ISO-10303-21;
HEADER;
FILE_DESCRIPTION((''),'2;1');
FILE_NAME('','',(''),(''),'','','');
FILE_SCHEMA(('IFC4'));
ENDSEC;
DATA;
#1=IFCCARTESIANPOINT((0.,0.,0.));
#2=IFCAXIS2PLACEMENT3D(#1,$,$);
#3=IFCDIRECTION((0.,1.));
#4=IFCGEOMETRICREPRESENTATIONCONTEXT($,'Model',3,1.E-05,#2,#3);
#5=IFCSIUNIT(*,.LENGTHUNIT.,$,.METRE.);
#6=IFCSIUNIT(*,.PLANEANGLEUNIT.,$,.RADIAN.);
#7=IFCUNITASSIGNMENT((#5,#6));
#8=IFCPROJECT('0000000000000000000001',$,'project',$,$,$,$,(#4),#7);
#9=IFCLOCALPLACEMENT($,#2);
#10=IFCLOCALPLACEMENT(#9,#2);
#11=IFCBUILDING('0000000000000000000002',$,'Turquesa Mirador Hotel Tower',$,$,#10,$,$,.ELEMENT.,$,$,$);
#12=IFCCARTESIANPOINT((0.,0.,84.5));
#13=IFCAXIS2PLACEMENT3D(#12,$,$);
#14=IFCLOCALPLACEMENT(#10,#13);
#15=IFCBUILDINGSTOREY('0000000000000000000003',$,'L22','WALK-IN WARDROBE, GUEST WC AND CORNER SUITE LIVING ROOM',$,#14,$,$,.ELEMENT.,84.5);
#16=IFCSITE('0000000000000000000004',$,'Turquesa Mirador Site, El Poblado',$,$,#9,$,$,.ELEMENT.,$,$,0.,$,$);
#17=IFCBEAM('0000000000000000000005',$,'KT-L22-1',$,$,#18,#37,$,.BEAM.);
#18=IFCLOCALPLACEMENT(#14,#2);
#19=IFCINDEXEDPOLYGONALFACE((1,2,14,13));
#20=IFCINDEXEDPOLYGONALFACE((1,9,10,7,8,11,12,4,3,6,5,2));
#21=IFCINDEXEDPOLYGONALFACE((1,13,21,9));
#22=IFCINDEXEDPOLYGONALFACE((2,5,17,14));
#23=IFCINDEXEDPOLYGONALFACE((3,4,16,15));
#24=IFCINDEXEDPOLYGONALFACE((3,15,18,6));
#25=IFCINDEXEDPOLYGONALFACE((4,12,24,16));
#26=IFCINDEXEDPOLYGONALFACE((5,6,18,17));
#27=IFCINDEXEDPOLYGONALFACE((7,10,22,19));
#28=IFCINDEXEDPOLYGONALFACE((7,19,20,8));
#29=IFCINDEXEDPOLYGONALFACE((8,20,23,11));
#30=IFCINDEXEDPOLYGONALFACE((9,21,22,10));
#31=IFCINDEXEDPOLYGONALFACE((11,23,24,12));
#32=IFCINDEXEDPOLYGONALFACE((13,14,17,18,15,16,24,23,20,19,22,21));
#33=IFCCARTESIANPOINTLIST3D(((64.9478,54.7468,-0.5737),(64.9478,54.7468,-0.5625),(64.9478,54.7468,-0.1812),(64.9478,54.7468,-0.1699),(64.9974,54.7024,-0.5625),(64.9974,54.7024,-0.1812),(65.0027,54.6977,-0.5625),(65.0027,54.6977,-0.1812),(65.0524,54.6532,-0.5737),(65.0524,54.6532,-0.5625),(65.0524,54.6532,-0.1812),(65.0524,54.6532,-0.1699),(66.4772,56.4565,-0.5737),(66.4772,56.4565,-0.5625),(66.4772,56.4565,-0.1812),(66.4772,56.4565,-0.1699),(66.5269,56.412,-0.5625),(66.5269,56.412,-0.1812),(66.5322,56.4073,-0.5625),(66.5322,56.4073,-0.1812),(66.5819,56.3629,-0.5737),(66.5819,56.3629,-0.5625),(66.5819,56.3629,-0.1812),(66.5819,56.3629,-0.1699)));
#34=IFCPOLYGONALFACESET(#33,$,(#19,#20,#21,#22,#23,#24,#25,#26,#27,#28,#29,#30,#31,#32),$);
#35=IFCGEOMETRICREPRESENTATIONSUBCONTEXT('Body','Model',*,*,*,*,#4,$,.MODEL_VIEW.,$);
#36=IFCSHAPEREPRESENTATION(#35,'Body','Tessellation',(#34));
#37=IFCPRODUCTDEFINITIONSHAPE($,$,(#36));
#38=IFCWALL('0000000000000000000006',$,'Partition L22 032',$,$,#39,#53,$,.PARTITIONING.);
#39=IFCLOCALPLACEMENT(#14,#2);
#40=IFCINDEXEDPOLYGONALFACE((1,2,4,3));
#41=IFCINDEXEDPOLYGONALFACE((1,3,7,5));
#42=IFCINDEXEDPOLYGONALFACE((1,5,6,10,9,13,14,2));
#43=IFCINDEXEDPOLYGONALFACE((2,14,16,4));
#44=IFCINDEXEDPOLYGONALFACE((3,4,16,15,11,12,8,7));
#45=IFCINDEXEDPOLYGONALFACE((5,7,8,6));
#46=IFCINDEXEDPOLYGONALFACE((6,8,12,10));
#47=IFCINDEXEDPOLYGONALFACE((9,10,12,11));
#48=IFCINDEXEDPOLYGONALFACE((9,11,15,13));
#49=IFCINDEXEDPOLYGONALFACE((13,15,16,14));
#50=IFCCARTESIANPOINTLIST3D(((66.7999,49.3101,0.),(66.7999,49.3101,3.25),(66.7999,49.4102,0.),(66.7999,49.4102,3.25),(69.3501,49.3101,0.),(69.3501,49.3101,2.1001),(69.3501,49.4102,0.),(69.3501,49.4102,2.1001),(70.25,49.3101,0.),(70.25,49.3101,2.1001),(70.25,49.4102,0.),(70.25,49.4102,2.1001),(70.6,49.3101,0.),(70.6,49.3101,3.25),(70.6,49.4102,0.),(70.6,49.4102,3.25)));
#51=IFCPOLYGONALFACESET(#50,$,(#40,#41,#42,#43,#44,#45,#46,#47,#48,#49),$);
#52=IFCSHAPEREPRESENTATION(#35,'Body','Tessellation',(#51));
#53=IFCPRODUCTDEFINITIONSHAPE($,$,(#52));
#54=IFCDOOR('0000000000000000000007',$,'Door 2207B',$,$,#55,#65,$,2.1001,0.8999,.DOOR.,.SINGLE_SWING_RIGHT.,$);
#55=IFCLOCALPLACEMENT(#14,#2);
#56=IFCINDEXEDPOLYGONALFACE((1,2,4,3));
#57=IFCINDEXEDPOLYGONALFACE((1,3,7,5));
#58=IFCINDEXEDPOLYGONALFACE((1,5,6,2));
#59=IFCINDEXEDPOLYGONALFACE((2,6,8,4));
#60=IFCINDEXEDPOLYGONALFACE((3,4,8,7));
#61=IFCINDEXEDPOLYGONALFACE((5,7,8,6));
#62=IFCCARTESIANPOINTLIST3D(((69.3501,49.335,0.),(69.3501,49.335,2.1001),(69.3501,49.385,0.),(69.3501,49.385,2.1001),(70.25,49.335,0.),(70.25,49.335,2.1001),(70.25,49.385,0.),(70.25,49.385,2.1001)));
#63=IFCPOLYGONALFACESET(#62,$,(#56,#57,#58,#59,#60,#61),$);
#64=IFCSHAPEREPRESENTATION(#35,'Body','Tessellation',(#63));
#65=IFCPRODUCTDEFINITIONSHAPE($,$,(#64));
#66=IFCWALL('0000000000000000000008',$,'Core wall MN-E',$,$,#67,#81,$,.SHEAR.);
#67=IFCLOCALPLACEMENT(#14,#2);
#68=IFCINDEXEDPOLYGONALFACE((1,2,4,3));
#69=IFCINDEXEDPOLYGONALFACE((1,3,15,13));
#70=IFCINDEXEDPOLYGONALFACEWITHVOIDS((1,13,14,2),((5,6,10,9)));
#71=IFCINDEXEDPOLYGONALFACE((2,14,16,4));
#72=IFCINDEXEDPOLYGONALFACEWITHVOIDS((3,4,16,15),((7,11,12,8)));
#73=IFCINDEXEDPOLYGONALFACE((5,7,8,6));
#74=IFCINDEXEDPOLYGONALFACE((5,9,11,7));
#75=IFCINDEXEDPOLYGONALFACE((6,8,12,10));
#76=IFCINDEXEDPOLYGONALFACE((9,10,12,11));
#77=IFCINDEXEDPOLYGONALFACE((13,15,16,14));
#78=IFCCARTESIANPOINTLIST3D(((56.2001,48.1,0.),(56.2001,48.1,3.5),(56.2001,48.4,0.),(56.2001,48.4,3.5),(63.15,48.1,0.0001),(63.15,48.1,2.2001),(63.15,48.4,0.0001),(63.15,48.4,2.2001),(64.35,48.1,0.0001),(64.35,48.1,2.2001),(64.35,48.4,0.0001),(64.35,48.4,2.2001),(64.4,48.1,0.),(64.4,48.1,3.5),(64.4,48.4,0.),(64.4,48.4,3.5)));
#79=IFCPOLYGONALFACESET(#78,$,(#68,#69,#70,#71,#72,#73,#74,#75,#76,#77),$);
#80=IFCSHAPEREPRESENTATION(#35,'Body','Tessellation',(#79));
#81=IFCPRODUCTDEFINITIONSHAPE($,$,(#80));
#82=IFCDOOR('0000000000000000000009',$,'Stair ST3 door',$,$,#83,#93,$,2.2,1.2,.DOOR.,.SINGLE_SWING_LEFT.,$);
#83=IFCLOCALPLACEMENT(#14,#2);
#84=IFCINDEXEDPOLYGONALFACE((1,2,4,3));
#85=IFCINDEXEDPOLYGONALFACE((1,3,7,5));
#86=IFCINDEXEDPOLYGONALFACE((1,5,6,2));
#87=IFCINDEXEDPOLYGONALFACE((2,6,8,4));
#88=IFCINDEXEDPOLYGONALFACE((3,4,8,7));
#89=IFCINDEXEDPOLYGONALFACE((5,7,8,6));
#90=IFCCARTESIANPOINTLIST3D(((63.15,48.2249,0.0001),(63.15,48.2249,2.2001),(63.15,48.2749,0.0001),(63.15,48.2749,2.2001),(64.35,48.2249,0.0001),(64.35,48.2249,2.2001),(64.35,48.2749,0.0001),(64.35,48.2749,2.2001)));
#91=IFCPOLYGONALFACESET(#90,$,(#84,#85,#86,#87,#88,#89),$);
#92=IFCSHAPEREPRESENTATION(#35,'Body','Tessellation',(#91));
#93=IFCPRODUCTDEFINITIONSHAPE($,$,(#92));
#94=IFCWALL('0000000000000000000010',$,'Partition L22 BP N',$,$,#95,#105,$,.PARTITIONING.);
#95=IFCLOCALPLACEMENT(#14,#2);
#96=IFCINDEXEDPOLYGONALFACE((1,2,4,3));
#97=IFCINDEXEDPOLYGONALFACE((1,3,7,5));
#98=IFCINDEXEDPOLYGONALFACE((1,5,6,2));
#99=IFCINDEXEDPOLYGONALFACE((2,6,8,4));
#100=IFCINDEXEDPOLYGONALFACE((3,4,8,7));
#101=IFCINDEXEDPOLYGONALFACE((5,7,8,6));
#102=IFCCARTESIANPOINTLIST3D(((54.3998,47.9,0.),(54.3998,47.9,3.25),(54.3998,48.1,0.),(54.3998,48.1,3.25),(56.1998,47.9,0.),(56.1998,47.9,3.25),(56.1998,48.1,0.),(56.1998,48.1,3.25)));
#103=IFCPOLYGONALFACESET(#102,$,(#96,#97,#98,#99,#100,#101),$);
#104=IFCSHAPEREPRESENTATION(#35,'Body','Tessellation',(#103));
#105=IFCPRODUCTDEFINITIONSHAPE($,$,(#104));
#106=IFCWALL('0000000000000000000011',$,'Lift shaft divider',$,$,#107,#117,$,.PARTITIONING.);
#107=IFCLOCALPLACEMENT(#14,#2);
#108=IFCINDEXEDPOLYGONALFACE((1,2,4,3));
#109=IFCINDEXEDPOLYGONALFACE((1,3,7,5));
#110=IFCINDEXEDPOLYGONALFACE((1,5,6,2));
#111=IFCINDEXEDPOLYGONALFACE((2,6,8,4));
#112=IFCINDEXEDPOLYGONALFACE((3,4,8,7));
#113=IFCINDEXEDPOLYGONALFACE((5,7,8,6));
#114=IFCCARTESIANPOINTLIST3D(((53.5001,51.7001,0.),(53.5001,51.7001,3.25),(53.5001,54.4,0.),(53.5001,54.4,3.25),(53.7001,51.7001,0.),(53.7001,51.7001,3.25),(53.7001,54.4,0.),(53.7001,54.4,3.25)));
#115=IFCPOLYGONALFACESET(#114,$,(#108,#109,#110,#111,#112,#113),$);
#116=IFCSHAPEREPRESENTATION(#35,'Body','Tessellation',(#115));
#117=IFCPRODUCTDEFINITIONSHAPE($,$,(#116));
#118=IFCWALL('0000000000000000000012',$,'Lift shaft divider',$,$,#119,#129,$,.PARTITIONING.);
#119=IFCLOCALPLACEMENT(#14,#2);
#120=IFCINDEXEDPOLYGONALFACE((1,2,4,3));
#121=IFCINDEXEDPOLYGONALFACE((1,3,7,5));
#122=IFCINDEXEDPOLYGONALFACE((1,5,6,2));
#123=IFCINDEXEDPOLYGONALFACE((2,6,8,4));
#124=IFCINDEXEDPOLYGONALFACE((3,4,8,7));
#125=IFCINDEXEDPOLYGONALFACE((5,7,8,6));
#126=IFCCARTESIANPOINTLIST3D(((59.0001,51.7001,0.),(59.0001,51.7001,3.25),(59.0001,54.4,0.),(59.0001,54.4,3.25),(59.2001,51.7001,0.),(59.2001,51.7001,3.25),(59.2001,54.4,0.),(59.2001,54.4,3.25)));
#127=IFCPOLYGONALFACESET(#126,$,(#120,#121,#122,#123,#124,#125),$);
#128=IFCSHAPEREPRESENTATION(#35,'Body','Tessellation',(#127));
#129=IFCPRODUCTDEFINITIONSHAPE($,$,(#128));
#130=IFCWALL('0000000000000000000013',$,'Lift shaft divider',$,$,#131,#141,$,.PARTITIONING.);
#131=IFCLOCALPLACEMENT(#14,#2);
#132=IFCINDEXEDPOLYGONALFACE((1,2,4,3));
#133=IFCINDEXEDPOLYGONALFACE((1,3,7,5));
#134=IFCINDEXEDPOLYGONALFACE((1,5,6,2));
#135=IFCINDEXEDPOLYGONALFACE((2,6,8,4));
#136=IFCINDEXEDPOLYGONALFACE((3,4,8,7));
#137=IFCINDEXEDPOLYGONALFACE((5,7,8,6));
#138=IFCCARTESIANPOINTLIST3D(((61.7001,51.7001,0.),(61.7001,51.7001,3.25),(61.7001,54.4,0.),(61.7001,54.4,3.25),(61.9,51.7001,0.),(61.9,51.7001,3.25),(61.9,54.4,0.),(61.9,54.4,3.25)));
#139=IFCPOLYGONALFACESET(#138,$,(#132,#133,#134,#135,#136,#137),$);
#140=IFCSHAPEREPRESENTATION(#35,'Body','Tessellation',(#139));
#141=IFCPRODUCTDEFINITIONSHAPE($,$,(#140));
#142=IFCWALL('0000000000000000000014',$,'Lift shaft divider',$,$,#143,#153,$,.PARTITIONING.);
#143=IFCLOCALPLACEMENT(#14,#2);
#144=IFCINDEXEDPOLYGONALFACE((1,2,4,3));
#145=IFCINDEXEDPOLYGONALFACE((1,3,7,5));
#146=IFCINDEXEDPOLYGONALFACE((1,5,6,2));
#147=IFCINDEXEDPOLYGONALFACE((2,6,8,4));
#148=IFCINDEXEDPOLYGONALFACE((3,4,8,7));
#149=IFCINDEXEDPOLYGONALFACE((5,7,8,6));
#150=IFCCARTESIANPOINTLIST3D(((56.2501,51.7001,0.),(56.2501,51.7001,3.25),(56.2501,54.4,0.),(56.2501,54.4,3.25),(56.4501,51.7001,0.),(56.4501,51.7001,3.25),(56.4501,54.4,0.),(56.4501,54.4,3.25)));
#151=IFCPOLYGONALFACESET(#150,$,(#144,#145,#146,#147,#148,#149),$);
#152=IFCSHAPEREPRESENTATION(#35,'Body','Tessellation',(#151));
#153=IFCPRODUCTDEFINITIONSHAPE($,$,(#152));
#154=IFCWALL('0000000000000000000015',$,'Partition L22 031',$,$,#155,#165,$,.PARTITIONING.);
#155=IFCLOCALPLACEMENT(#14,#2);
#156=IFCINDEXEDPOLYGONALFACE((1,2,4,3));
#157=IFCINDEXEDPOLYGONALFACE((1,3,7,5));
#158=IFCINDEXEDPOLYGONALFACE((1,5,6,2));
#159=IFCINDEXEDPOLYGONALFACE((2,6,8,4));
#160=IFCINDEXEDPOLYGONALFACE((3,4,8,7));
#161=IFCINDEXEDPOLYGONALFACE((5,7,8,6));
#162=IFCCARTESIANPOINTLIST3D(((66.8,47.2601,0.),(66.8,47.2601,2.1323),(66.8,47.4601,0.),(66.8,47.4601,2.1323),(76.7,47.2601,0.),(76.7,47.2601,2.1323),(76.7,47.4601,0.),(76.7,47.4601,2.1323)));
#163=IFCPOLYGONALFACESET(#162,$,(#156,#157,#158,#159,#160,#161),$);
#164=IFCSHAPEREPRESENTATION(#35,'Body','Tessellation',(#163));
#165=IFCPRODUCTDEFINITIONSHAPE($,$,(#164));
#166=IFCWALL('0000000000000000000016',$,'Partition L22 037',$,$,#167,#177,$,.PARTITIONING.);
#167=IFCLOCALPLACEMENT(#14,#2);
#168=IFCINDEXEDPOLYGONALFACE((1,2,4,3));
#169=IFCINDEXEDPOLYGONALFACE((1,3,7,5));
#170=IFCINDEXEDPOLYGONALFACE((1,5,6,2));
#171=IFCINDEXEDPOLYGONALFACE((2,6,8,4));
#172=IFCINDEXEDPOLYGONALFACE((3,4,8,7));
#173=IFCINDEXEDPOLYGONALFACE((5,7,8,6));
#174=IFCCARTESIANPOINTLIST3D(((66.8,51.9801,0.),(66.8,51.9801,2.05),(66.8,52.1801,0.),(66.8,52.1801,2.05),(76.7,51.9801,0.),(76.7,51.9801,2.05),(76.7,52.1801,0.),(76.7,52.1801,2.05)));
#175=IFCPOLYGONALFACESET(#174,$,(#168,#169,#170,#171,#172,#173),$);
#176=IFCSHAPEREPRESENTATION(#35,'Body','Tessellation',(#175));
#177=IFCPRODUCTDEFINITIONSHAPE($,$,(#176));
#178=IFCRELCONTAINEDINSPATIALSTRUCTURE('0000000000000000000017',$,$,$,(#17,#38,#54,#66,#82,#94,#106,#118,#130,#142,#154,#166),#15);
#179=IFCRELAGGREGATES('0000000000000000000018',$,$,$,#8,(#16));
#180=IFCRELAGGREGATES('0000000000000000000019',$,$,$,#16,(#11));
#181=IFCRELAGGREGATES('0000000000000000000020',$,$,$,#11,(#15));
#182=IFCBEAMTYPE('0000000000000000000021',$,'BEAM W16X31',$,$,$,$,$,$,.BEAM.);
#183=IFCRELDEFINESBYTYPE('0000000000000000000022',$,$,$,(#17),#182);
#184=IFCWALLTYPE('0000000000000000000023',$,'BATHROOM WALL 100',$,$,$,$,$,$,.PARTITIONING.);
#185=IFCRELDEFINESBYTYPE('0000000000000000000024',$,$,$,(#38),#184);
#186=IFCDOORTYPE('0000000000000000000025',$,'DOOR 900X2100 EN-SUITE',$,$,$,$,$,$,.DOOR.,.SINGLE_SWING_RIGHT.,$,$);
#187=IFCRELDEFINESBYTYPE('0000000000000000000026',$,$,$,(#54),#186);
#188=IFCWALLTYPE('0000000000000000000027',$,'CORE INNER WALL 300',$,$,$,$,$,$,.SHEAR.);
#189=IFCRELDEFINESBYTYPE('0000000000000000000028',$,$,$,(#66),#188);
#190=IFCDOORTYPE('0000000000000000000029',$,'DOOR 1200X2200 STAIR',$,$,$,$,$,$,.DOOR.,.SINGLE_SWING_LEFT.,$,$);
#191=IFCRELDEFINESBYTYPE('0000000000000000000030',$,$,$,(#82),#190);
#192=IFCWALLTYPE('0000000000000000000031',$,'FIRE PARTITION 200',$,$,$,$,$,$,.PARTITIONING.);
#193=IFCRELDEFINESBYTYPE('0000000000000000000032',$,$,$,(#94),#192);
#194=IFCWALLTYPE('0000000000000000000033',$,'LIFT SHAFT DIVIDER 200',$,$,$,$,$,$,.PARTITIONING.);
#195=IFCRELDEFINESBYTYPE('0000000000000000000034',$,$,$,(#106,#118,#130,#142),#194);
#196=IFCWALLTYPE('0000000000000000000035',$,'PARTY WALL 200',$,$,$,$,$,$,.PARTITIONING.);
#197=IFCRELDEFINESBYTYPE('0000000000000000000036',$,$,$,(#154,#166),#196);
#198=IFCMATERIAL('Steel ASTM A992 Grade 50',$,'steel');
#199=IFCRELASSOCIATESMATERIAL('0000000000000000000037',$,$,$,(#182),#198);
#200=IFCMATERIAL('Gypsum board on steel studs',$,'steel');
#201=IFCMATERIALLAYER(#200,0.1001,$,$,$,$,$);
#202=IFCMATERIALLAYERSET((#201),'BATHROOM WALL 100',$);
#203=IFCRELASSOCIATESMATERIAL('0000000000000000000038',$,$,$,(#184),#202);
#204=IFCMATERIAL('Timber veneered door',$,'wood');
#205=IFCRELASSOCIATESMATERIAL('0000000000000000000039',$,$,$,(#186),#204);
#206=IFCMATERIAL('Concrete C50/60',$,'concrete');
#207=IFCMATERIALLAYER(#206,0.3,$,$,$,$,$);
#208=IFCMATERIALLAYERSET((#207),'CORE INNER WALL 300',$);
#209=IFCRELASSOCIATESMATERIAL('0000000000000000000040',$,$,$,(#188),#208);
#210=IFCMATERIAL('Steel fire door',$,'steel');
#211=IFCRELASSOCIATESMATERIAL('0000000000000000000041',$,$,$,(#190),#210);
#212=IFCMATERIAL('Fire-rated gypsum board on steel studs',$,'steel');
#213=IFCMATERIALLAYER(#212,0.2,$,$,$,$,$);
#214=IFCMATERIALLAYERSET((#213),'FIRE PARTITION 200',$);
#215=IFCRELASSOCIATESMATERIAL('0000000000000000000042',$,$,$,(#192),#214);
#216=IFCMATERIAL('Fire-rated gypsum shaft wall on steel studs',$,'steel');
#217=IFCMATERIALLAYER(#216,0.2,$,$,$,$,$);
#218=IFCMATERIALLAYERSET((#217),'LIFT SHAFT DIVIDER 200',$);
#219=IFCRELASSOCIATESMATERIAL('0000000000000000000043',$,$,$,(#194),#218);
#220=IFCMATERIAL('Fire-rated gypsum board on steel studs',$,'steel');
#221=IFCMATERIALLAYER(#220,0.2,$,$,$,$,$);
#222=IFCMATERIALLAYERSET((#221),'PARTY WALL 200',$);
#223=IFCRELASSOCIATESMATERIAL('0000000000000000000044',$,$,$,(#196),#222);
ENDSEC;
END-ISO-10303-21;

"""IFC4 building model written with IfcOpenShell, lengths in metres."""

from ifc_helpers import new_model, si_unit, direction, frame, frame_2d, origin, origin_2d, place, context, subcontext, project, spatial, rectangle, i_section, extrude, material, layer, layer_set, material_profile, profile_set, type_object, element, fill, save


model = new_model("IFC4")

# Units and contexts
model_context = context("Model", 3, precision=1e-05, world=origin(), true_north=direction((0.0, 1.0)))
body_context = subcontext(model_context, "Body", "Model", "MODEL_VIEW")
ifc_project = project(units=[si_unit("LENGTHUNIT", "METRE"), si_unit("PLANEANGLEUNIT", "RADIAN")], contexts=[model_context])

# Site, building, storey
site_placement = place(None, origin())
site = spatial("IfcSite", under=ifc_project, at=site_placement, Name="Turquesa Mirador Site, El Poblado", CompositionType="ELEMENT", RefElevation=0.0)
building_placement = place(site_placement, origin())
building = spatial("IfcBuilding", under=site, at=building_placement, Name="Turquesa Mirador Hotel Tower", CompositionType="ELEMENT")
storey_placement = place(building_placement, frame((0.0, 0.0, 84.5)))
storey = spatial("IfcBuildingStorey", under=building, at=storey_placement, Name="L22", Description="WALK-IN WARDROBE, GUEST WC AND CORNER SUITE LIVING ROOM", CompositionType="ELEMENT", Elevation=84.5)

# Beam
ifc_material_1 = material(Name="Steel ASTM A992 Grade 50", Category="steel")
ifc_material_profile = material_profile(ifc_material_1, i_section(OverallWidth=0.1404, OverallDepth=0.4038, WebThickness=0.0071, FlangeThickness=0.0112, at=origin_2d()), Name="W16X31")
ifc_profile_set = profile_set([ifc_material_profile], Name="Steel ASTM A992 Grade 50")
beam_type = type_object("IfcBeamType", Name="BEAM W16X31", PredefinedType="BEAM", material=ifc_profile_set)
beam_placement = place(storey_placement, frame((66.5295, 56.4097, -0.3718), z_axis=(-0.666745, -0.745286, 0.0), x_axis=(0.745286, -0.666745, 0.0)))
element("IfcBeam", 1, at=beam_placement, inside=storey, type_object=beam_type, Name="KT-L22-1", PredefinedType="BEAM", context=body_context, shape_type="SweptSolid", body=[
    extrude(i_section(OverallWidth=0.1404, OverallDepth=0.4038, WebThickness=0.0071, FlangeThickness=0.0112, at=origin_2d()), origin(), (0.0, 0.0, 1.0), 2.2939),
])

# Walls, openings, doors
ifc_material_2 = material(Name="Gypsum board on steel studs", Category="steel")
ifc_layer_1 = layer(ifc_material_2, 0.1001)
ifc_layer_set_1 = layer_set([ifc_layer_1], Name="BATHROOM WALL 100")
wall_type_1 = type_object("IfcWallType", Name="BATHROOM WALL 100", PredefinedType="PARTITIONING", material=ifc_layer_set_1)
wall_1_placement = place(storey_placement, frame((66.8, 49.3601, 0.0), z_axis=(0.0, 0.0, 1.0), x_axis=(1.0, 0.0, 0.0)))
wall_1 = element("IfcWall", 2, at=wall_1_placement, inside=storey, type_object=wall_type_1, Name="Partition L22 032", PredefinedType="PARTITIONING", context=body_context, shape_type="SweptSolid", body=[
    extrude(rectangle(XDim=3.8, YDim=0.1001, at=frame_2d((1.8999, 0.0))), origin(), (0.0, 0.0, 1.0), 3.25),
])
opening_1_placement = place(wall_1_placement, frame((2.55, 0.0, 0.0)))
opening_1 = element("IfcOpeningElement", 3, at=opening_1_placement, cuts=wall_1, PredefinedType="OPENING", context=body_context, shape_type="SweptSolid", body=[
    extrude(rectangle(XDim=0.8999, YDim=2.1001, at=frame_2d((0.45, 1.05))), frame((0.0, 0.0601, 0.0), z_axis=(0.0, -1.0, 0.0), x_axis=(1.0, 0.0, 0.0)), (0.0, 0.0, 1.0), 0.1201),
])
ifc_material_3 = material(Name="Timber veneered door", Category="wood")
door_type_1 = type_object("IfcDoorType", Name="DOOR 900X2100 EN-SUITE", OperationType="SINGLE_SWING_RIGHT", PredefinedType="DOOR", material=ifc_material_3)
door_1_placement = place(opening_1_placement, origin())
door_1 = element("IfcDoor", 4, at=door_1_placement, inside=storey, type_object=door_type_1, Name="Door 2207B", OperationType="SINGLE_SWING_RIGHT", OverallHeight=2.1001, OverallWidth=0.8999, PredefinedType="DOOR", context=body_context, shape_type="SweptSolid", body=[
    extrude(rectangle(XDim=0.8999, YDim=2.1001, at=frame_2d((0.45, 1.05))), frame((0.0, 0.0249, 0.0), z_axis=(0.0, -1.0, 0.0), x_axis=(1.0, 0.0, 0.0)), (0.0, 0.0, 1.0), 0.05),
])
fill(opening_1, door_1)
ifc_material_4 = material(Name="Concrete C50/60", Category="concrete")
ifc_layer_2 = layer(ifc_material_4, 0.3)
ifc_layer_set_2 = layer_set([ifc_layer_2], Name="CORE INNER WALL 300")
wall_type_2 = type_object("IfcWallType", Name="CORE INNER WALL 300", PredefinedType="SHEAR", material=ifc_layer_set_2)
wall_2_placement = place(storey_placement, frame((56.2, 48.25, 0.0), z_axis=(0.0, 0.0, 1.0), x_axis=(1.0, 0.0, 0.0)))
wall_2 = element("IfcWall", 5, at=wall_2_placement, inside=storey, type_object=wall_type_2, Name="Core wall MN-E", PredefinedType="SHEAR", context=body_context, shape_type="SweptSolid", body=[
    extrude(rectangle(XDim=8.2, YDim=0.3, at=frame_2d((4.1001, 0.0))), origin(), (0.0, 0.0, 1.0), 3.5),
])
opening_2_placement = place(wall_2_placement, frame((6.95, 0.0, 0.0)))
opening_2 = element("IfcOpeningElement", 6, at=opening_2_placement, cuts=wall_2, PredefinedType="OPENING", context=body_context, shape_type="SweptSolid", body=[
    extrude(rectangle(XDim=1.2, YDim=2.2, at=frame_2d((0.6001, 1.1001))), frame((0.0, 0.1599, 0.0), z_axis=(0.0, -1.0, 0.0), x_axis=(1.0, 0.0, 0.0)), (0.0, 0.0, 1.0), 0.3201),
])
ifc_material_5 = material(Name="Steel fire door", Category="steel")
door_type_2 = type_object("IfcDoorType", Name="DOOR 1200X2200 STAIR", OperationType="SINGLE_SWING_LEFT", PredefinedType="DOOR", material=ifc_material_5)
door_2_placement = place(opening_2_placement, origin())
door_2 = element("IfcDoor", 7, at=door_2_placement, inside=storey, type_object=door_type_2, Name="Stair ST3 door", OperationType="SINGLE_SWING_LEFT", OverallHeight=2.2, OverallWidth=1.2, PredefinedType="DOOR", context=body_context, shape_type="SweptSolid", body=[
    extrude(rectangle(XDim=1.2, YDim=2.2, at=frame_2d((0.6001, 1.1001))), frame((0.0, 0.0249, 0.0), z_axis=(0.0, -1.0, 0.0), x_axis=(1.0, 0.0, 0.0)), (0.0, 0.0, 1.0), 0.05),
])
fill(opening_2, door_2)

# Walls
ifc_material_6 = material(Name="Fire-rated gypsum board on steel studs", Category="steel")
ifc_layer_3 = layer(ifc_material_6, 0.2)
ifc_layer_set_3 = layer_set([ifc_layer_3], Name="FIRE PARTITION 200")
wall_type_3 = type_object("IfcWallType", Name="FIRE PARTITION 200", PredefinedType="PARTITIONING", material=ifc_layer_set_3)
wall_3_placement = place(storey_placement, frame((54.3999, 48.0, 0.0), z_axis=(0.0, 0.0, 1.0), x_axis=(1.0, 0.0, 0.0)))
element("IfcWall", 8, at=wall_3_placement, inside=storey, type_object=wall_type_3, Name="Partition L22 BP N", PredefinedType="PARTITIONING", context=body_context, shape_type="SweptSolid", body=[
    extrude(rectangle(XDim=1.8, YDim=0.2, at=frame_2d((0.8999, 0.0))), origin(), (0.0, 0.0, 1.0), 3.25),
])
ifc_material_7 = material(Name="Fire-rated gypsum shaft wall on steel studs", Category="steel")
ifc_layer_4 = layer(ifc_material_7, 0.2)
ifc_layer_set_4 = layer_set([ifc_layer_4], Name="LIFT SHAFT DIVIDER 200")
wall_type_4 = type_object("IfcWallType", Name="LIFT SHAFT DIVIDER 200", PredefinedType="PARTITIONING", material=ifc_layer_set_4)
for number, where, z_axis, x_axis, name in (
    (9, (53.6001, 51.7, 0.0), (0.0, 0.0, 1.0), (0.0, 1.0, 0.0), "Lift shaft divider"),
    (10, (59.1001, 51.7, 0.0), (0.0, 0.0, 1.0), (0.0, 1.0, 0.0), "Lift shaft divider"),
    (11, (61.8, 51.7, 0.0), (0.0, 0.0, 1.0), (0.0, 1.0, 0.0), "Lift shaft divider"),
    (12, (56.3501, 51.7, 0.0), (0.0, 0.0, 1.0), (0.0, 1.0, 0.0), "Lift shaft divider"),
):
    element("IfcWall", number, at=place(storey_placement, frame(where, z_axis=z_axis, x_axis=x_axis)), inside=storey, type_object=wall_type_4, Name=name, PredefinedType="PARTITIONING", context=body_context, shape_type="SweptSolid", body=[
        extrude(rectangle(XDim=2.7, YDim=0.2, at=frame_2d((1.3501, 0.0))), origin(), (0.0, 0.0, 1.0), 3.25),
    ])
ifc_material_8 = material(Name="Fire-rated gypsum board on steel studs", Category="steel")
ifc_layer_5 = layer(ifc_material_8, 0.2)
ifc_layer_set_5 = layer_set([ifc_layer_5], Name="PARTY WALL 200")
wall_type_5 = type_object("IfcWallType", Name="PARTY WALL 200", PredefinedType="PARTITIONING", material=ifc_layer_set_5)
wall_4_placement = place(storey_placement, frame((66.8, 47.3601, 0.0), z_axis=(0.0, 0.0, 1.0), x_axis=(1.0, 0.0, 0.0)))
element("IfcWall", 13, at=wall_4_placement, inside=storey, type_object=wall_type_5, Name="Partition L22 031", PredefinedType="PARTITIONING", context=body_context, shape_type="SweptSolid", body=[
    extrude(rectangle(XDim=9.8999, YDim=0.2, at=frame_2d((4.95, 0.0))), origin(), (0.0, 0.0, 1.0), 2.1323),
])
wall_5_placement = place(storey_placement, frame((66.8, 52.0801, 0.0), z_axis=(0.0, 0.0, 1.0), x_axis=(1.0, 0.0, 0.0)))
element("IfcWall", 14, at=wall_5_placement, inside=storey, type_object=wall_type_5, Name="Partition L22 037", PredefinedType="PARTITIONING", context=body_context, shape_type="SweptSolid", body=[
    extrude(rectangle(XDim=9.8999, YDim=0.2, at=frame_2d((4.95, 0.0))), origin(), (0.0, 0.0, 1.0), 2.05),
])

save(model, "model.ifc")
